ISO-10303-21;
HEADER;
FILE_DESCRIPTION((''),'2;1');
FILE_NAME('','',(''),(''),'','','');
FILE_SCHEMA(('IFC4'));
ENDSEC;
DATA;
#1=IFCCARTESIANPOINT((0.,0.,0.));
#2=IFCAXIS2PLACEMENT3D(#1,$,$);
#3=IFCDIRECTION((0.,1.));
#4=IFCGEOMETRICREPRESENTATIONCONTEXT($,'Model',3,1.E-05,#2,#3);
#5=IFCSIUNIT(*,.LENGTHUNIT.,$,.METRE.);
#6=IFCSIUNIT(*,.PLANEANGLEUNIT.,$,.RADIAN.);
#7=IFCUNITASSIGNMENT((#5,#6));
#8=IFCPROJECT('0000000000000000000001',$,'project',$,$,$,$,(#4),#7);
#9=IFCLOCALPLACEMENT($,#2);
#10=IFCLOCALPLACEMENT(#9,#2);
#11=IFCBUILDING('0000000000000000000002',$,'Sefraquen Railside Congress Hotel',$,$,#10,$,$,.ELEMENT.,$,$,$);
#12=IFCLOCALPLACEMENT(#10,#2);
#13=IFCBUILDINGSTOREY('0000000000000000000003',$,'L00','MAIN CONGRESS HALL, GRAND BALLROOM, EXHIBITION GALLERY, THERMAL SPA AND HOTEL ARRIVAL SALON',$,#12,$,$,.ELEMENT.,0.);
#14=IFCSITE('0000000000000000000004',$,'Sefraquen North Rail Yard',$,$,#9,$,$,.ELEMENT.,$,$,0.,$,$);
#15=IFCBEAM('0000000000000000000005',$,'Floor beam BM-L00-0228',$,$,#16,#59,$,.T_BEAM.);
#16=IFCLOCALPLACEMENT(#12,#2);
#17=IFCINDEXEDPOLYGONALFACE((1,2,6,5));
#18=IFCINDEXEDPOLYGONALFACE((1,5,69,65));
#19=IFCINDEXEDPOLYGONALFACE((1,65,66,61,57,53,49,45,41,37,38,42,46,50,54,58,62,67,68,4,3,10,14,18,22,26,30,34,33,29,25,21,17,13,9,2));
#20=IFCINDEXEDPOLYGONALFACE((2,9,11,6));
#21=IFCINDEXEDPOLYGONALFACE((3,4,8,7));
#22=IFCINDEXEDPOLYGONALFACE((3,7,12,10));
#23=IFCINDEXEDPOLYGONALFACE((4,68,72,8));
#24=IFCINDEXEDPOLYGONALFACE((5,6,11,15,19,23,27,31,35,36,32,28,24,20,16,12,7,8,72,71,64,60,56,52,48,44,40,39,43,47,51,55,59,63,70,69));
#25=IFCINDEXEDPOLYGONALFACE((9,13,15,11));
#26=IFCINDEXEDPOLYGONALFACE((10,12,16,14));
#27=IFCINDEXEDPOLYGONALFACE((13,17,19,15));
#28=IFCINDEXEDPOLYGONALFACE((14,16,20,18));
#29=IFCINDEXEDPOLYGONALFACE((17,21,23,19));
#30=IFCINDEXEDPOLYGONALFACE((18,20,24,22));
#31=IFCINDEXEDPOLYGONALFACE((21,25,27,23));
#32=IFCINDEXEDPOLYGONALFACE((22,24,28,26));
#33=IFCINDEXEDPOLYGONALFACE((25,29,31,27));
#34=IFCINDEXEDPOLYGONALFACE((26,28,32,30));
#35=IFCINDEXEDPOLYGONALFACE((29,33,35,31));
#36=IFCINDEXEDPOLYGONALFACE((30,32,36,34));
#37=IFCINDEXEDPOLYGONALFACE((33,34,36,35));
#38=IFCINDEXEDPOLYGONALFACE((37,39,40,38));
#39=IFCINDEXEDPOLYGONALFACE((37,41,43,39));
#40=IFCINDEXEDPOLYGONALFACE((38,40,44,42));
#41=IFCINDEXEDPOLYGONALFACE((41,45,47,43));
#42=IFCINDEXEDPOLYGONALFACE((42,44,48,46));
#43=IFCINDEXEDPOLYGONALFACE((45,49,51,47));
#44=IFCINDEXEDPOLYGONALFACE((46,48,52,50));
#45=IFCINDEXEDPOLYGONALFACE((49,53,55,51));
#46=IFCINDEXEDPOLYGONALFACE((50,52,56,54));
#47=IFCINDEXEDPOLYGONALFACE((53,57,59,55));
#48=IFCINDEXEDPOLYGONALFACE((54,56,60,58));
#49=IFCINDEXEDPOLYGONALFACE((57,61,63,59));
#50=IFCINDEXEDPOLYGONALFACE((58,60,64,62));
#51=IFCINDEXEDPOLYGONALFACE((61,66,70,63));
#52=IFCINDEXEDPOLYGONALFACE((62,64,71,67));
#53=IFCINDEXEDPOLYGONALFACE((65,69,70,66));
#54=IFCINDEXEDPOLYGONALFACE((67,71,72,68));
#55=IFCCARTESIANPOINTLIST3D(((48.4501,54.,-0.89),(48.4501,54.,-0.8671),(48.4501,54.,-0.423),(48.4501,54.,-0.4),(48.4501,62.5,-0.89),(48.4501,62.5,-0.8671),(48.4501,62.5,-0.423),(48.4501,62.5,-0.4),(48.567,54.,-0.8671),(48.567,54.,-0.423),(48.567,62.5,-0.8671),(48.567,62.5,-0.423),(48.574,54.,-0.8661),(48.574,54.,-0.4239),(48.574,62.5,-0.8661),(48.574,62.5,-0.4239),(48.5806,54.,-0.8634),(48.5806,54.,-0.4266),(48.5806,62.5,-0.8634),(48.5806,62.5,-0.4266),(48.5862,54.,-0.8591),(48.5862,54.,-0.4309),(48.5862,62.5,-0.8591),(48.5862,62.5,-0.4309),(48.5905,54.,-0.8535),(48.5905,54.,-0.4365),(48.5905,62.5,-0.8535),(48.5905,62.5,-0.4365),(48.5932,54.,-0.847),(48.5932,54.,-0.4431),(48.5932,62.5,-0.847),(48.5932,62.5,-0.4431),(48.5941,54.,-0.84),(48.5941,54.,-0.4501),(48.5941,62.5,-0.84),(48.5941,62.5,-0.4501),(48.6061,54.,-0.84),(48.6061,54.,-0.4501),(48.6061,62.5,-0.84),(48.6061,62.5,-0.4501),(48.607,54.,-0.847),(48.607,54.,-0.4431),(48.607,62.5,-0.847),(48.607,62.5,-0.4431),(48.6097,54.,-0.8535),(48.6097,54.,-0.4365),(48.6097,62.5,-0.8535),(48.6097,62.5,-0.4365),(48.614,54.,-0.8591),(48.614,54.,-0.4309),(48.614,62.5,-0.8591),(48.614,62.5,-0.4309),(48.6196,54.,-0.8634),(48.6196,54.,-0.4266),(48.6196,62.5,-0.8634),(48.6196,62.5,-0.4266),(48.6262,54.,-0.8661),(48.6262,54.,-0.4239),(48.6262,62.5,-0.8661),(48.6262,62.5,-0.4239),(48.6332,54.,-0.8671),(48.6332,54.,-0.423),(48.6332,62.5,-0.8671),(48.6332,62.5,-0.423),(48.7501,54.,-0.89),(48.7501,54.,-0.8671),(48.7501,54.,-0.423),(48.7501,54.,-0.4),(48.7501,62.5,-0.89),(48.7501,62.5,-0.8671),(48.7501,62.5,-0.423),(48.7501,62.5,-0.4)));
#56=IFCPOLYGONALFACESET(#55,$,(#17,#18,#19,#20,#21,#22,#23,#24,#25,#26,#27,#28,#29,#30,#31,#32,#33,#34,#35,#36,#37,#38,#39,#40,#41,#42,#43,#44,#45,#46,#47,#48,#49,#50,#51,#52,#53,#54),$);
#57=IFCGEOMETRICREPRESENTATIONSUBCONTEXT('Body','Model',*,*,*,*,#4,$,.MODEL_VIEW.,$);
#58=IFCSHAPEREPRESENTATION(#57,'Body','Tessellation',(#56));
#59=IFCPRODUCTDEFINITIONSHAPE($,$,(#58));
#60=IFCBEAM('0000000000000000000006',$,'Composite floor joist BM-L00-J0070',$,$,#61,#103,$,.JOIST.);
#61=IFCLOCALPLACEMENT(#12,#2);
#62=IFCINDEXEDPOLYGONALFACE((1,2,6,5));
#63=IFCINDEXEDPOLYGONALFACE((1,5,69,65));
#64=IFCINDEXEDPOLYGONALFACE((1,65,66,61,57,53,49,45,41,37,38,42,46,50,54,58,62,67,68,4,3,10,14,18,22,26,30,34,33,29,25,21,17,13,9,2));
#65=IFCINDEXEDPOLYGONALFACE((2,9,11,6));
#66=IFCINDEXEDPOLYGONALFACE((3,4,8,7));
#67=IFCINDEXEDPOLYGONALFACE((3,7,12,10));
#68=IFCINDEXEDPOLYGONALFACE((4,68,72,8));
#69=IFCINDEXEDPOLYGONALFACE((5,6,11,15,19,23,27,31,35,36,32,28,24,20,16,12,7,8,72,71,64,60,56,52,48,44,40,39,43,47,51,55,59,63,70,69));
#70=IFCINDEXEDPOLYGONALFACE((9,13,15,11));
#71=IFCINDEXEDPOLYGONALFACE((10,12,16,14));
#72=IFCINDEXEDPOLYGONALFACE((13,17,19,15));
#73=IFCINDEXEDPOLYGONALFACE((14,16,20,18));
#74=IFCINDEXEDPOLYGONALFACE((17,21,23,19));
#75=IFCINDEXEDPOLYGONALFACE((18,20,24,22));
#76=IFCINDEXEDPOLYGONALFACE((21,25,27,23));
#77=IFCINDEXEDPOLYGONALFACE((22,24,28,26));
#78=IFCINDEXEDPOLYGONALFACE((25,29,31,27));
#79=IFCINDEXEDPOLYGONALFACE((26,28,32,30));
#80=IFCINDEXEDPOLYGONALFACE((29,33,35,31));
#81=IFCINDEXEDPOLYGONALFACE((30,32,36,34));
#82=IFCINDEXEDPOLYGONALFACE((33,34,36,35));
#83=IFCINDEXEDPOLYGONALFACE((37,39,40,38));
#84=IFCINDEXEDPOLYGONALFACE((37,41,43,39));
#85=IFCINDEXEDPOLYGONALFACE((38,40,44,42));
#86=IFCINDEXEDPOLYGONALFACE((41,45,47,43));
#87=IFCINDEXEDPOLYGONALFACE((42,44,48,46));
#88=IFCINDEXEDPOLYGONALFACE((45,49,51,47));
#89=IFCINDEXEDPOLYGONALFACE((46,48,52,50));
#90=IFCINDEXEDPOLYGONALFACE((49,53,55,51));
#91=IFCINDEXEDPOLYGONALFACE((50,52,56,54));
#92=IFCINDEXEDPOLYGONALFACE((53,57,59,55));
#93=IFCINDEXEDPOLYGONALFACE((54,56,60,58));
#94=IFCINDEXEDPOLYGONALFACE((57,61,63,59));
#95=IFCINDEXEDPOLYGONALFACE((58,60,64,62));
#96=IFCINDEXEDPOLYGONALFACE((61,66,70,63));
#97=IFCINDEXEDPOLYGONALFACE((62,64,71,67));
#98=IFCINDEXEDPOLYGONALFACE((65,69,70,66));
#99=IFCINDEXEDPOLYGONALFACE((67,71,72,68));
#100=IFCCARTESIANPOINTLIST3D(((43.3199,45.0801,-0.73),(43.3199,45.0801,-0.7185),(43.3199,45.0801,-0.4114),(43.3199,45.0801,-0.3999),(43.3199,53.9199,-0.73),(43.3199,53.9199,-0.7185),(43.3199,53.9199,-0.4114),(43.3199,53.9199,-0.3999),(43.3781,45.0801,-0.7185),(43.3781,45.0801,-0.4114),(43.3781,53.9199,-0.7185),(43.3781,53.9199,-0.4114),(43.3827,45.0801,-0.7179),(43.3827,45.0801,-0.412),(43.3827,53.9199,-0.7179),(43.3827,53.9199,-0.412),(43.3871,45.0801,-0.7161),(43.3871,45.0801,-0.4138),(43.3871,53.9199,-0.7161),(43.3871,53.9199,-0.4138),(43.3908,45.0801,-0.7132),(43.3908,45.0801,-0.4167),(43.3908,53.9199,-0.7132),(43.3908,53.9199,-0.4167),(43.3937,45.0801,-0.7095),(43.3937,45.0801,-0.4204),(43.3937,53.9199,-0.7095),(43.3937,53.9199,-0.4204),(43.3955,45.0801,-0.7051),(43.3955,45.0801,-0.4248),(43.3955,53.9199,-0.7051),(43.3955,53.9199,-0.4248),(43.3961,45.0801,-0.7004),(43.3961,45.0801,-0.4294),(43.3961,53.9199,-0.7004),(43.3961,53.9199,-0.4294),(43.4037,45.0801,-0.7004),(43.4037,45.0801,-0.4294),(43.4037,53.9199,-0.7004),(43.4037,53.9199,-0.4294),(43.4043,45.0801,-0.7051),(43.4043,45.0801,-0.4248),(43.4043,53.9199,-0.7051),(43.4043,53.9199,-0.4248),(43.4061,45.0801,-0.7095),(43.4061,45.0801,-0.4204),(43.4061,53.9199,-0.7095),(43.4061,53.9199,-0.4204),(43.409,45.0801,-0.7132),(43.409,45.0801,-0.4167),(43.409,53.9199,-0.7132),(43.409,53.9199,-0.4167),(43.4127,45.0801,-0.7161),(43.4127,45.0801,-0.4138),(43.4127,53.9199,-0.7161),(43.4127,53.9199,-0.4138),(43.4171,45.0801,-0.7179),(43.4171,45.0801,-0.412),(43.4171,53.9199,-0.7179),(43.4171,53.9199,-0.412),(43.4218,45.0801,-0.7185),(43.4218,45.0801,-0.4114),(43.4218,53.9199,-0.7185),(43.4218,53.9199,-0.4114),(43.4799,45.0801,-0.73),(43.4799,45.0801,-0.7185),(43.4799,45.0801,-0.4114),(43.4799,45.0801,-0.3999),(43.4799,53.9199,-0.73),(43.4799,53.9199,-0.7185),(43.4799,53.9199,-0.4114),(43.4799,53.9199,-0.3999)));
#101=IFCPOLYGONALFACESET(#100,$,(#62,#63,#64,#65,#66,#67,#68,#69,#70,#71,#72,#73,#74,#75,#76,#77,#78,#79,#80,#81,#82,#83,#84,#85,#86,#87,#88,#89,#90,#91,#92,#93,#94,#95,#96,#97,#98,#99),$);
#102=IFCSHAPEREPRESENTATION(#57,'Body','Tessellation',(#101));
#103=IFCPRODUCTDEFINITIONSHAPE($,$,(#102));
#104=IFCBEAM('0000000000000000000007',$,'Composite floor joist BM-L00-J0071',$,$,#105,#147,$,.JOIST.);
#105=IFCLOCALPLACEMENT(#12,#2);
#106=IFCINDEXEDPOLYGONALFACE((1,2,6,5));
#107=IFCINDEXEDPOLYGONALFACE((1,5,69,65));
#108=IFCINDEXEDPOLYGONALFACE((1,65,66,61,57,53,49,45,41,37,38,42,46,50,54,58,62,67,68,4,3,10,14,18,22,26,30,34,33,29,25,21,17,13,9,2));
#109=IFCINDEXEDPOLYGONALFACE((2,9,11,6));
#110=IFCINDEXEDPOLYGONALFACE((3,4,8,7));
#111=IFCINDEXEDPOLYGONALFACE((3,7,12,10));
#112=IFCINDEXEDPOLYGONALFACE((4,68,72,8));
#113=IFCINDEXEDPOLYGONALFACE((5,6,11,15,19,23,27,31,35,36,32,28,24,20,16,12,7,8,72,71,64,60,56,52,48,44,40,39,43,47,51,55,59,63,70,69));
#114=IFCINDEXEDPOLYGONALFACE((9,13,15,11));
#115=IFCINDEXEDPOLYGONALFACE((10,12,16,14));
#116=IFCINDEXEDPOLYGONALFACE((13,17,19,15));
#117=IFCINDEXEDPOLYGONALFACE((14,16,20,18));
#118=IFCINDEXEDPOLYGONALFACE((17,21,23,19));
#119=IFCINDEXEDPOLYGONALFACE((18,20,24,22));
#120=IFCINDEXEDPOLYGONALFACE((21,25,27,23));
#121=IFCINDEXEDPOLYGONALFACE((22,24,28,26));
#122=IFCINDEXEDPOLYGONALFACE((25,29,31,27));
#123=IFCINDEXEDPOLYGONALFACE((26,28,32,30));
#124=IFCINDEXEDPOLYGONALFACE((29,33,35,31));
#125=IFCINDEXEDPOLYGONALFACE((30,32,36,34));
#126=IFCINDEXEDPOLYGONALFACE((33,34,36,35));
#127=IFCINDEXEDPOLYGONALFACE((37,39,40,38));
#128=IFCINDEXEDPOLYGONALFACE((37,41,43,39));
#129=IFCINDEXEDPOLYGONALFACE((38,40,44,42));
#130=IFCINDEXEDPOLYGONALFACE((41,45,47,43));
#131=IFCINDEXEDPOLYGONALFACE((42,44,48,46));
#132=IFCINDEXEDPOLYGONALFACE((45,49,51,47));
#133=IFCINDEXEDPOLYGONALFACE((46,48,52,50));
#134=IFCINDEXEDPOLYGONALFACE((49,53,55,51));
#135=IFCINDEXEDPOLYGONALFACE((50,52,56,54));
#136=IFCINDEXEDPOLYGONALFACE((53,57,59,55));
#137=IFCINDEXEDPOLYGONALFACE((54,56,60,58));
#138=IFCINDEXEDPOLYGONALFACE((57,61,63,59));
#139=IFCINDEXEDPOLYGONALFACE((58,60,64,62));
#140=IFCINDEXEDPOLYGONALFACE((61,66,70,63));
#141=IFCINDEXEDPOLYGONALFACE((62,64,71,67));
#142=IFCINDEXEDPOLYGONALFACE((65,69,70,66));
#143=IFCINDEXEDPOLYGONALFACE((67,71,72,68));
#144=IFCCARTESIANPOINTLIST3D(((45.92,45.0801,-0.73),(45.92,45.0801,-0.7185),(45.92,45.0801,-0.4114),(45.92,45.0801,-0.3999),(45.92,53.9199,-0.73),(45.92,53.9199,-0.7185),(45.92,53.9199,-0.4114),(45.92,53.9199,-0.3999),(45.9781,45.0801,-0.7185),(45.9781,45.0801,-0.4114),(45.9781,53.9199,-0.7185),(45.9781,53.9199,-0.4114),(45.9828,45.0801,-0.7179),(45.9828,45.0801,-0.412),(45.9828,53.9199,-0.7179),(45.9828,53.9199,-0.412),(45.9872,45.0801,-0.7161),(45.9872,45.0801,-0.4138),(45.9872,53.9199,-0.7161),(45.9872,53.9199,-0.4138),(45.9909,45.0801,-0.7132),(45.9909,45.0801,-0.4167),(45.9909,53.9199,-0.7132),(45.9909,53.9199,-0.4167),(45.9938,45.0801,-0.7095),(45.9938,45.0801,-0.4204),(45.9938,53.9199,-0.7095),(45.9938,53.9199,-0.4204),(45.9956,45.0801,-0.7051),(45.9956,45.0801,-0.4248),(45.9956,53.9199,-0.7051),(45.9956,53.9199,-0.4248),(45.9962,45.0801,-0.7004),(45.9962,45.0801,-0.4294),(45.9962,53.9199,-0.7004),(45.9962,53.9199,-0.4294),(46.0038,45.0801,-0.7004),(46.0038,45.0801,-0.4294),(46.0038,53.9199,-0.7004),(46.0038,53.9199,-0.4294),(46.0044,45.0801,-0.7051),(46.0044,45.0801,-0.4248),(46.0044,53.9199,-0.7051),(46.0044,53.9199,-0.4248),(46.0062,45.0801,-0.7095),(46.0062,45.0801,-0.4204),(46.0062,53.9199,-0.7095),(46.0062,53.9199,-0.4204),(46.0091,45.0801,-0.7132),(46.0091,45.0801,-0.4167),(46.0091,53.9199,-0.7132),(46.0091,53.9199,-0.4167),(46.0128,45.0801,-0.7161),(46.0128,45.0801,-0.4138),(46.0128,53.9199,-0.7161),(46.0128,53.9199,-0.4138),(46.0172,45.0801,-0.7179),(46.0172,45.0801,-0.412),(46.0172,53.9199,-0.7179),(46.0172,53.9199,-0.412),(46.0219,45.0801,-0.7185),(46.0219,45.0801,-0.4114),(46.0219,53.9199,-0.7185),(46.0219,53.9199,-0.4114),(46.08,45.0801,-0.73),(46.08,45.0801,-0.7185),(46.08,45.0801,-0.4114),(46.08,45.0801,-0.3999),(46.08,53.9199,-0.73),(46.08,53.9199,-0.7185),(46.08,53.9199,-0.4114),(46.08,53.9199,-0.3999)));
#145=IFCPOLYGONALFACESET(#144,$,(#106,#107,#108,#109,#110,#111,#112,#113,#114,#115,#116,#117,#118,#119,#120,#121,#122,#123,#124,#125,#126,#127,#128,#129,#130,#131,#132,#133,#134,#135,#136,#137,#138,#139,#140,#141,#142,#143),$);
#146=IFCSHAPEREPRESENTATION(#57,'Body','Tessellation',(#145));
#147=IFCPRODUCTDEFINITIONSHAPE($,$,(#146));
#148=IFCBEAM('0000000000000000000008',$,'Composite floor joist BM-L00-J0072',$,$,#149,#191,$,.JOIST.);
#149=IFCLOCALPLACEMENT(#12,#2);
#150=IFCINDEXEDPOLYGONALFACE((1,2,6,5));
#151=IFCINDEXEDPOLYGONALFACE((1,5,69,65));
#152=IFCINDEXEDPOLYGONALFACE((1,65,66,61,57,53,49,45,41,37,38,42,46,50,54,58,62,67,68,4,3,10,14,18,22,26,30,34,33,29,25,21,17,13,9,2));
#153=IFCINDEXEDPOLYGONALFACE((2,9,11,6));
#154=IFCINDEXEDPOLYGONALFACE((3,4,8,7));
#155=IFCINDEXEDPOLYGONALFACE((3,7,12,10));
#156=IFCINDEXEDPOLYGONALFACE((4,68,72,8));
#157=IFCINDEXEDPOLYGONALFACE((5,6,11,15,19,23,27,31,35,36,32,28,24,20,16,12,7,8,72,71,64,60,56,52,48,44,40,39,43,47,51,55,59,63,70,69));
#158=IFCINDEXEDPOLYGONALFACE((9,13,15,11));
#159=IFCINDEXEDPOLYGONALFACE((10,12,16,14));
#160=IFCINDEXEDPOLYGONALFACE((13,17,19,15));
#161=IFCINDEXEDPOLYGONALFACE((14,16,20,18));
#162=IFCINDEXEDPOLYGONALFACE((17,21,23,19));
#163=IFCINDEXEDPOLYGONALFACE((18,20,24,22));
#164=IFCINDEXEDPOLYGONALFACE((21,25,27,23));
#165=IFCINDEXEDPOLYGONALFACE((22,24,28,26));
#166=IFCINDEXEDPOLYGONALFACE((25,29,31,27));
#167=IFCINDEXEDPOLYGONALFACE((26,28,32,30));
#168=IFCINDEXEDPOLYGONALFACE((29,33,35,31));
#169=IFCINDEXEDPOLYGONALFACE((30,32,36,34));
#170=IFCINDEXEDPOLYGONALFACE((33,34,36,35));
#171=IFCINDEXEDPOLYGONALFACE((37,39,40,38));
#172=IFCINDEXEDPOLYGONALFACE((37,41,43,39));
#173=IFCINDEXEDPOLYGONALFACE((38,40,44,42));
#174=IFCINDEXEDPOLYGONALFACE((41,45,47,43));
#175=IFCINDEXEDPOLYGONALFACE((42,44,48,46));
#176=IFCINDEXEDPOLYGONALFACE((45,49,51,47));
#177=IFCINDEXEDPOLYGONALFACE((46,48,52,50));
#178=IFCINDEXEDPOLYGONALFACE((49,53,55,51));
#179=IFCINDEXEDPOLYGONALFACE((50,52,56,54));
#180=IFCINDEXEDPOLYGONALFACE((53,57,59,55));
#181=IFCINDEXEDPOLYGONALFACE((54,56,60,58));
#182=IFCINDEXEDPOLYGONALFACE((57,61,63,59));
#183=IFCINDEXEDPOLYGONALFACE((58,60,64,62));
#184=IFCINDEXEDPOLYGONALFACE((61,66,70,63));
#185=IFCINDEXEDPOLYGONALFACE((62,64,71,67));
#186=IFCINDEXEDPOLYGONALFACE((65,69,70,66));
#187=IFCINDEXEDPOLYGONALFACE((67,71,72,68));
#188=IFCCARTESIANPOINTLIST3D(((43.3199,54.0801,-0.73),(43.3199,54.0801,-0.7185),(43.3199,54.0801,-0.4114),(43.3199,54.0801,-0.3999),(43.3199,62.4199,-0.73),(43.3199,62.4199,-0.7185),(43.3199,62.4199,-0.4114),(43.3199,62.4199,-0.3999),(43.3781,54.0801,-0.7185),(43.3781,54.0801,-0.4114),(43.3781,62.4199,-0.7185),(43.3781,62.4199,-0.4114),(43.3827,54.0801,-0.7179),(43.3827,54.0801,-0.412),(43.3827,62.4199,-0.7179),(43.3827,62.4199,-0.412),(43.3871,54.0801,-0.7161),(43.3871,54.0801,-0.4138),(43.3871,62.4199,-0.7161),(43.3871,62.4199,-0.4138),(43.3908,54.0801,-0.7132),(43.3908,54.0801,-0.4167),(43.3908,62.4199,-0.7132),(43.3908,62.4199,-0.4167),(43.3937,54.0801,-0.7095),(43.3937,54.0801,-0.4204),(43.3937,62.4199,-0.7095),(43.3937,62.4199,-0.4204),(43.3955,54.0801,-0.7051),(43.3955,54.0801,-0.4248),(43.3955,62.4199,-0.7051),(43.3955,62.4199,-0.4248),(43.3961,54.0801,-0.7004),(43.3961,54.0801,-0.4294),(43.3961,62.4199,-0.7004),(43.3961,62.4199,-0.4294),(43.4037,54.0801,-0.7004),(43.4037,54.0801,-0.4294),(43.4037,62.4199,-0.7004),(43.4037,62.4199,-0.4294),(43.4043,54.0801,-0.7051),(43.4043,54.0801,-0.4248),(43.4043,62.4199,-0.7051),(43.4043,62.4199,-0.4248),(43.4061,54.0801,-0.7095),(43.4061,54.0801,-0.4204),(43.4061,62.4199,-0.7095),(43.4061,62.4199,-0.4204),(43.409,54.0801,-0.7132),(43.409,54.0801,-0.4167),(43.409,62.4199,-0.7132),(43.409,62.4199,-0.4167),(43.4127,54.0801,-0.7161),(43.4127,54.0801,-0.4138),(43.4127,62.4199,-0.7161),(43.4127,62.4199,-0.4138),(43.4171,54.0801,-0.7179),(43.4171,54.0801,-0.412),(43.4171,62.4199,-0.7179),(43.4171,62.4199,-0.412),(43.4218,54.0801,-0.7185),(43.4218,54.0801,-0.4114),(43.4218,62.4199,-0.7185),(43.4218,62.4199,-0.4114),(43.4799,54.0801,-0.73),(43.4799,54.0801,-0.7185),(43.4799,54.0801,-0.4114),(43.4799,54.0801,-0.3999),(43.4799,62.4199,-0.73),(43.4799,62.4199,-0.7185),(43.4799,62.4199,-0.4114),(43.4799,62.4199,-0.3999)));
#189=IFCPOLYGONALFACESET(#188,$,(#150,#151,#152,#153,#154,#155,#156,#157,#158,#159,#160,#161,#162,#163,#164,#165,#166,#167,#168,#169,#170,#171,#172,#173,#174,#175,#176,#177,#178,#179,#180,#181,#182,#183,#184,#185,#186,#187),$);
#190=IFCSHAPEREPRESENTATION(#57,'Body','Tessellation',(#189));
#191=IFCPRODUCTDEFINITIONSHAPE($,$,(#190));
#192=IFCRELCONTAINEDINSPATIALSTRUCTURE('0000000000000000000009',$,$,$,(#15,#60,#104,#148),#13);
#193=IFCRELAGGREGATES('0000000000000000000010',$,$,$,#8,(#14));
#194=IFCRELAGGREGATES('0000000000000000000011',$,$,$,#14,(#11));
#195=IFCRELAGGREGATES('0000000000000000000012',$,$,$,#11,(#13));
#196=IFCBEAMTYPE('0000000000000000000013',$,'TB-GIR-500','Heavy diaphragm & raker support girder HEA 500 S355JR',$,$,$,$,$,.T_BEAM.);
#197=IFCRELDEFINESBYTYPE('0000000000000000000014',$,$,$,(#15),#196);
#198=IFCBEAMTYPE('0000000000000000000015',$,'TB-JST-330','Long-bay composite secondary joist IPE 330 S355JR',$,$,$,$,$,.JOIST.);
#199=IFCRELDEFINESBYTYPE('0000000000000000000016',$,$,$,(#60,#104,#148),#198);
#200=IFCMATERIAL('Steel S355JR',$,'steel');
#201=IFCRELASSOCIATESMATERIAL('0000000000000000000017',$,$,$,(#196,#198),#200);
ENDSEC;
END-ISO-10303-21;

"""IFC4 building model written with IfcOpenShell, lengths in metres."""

from ifc_helpers import new_model, si_unit, direction, frame, origin, origin_2d, place, context, subcontext, project, spatial, i_section, extrude, material, material_profile, profile_set, type_object, element, save


model = new_model("IFC4")

# Units and contexts
model_context = context("Model", 3, precision=1e-05, world=origin(), true_north=direction((0.0, 1.0)))
body_context = subcontext(model_context, "Body", "Model", "MODEL_VIEW")
ifc_project = project(units=[si_unit("LENGTHUNIT", "METRE"), si_unit("PLANEANGLEUNIT", "RADIAN")], contexts=[model_context])

# Site, building, storey
site_placement = place(None, origin())
site = spatial("IfcSite", under=ifc_project, at=site_placement, Name="Sefraquen North Rail Yard", CompositionType="ELEMENT", RefElevation=0.0)
building_placement = place(site_placement, origin())
building = spatial("IfcBuilding", under=site, at=building_placement, Name="Sefraquen Railside Congress Hotel", CompositionType="ELEMENT")
storey_placement = place(building_placement, origin())
storey = spatial("IfcBuildingStorey", under=building, at=storey_placement, Name="L00", Description="MAIN CONGRESS HALL, GRAND BALLROOM, EXHIBITION GALLERY, THERMAL SPA AND HOTEL ARRIVAL SALON", CompositionType="ELEMENT", Elevation=0.0)

# Shared definitions
ifc_material_1 = material(Name="Steel S355JR", Category="steel")

# Beams
ifc_material_profile_1 = material_profile(ifc_material_1, i_section(OverallWidth=0.3, OverallDepth=0.49, WebThickness=0.012, FlangeThickness=0.0229, FilletRadius=0.0271, at=origin_2d()), Name="HEA 500")
ifc_profile_set_1 = profile_set([ifc_material_profile_1], Name="Steel S355JR")
beam_type_1 = type_object("IfcBeamType", Name="TB-GIR-500", Description="Heavy diaphragm & raker support girder HEA 500 S355JR", PredefinedType="T_BEAM", material=ifc_profile_set_1)
beam_1_placement = place(storey_placement, frame((48.6001, 54.0, -0.645), z_axis=(0.0, 1.0, 0.0), x_axis=(-1.0, 0.0, 0.0)))
element("IfcBeam", 1, at=beam_1_placement, inside=storey, type_object=beam_type_1, Name="Floor beam BM-L00-0228", PredefinedType="T_BEAM", context=body_context, shape_type="SweptSolid", body=[
    extrude(i_section(OverallWidth=0.3, OverallDepth=0.49, WebThickness=0.012, FlangeThickness=0.0229, FilletRadius=0.0271, at=origin_2d()), origin(), (0.0, 0.0, 1.0), 8.5),
])
ifc_material_profile_2 = material_profile(ifc_material_1, i_section(OverallWidth=0.1599, OverallDepth=0.3301, WebThickness=0.0076, FlangeThickness=0.0115, FilletRadius=0.0181, at=origin_2d()), Name="IPE 330")
ifc_profile_set_2 = profile_set([ifc_material_profile_2], Name="Steel S355JR")
beam_type_2 = type_object("IfcBeamType", Name="TB-JST-330", Description="Long-bay composite secondary joist IPE 330 S355JR", PredefinedType="JOIST", material=ifc_profile_set_2)
for number, where, z_axis, x_axis, name in (
    (2, (43.3999, 45.0801, -0.5649), (0.0, 1.0, 0.0), (-1.0, 0.0, 0.0), "Composite floor joist BM-L00-J0070"),
    (3, (46.0, 45.0801, -0.5649), (0.0, 1.0, 0.0), (-1.0, 0.0, 0.0), "Composite floor joist BM-L00-J0071"),
):
    element("IfcBeam", number, at=place(storey_placement, frame(where, z_axis=z_axis, x_axis=x_axis)), inside=storey, type_object=beam_type_2, Name=name, PredefinedType="JOIST", context=body_context, shape_type="SweptSolid", body=[
        extrude(i_section(OverallWidth=0.1599, OverallDepth=0.3301, WebThickness=0.0076, FlangeThickness=0.0115, FilletRadius=0.0181, at=origin_2d()), origin(), (0.0, 0.0, 1.0), 8.8398),
    ])
beam_2_placement = place(storey_placement, frame((43.3999, 54.0801, -0.5649), z_axis=(0.0, 1.0, 0.0), x_axis=(-1.0, 0.0, 0.0)))
element("IfcBeam", 4, at=beam_2_placement, inside=storey, type_object=beam_type_2, Name="Composite floor joist BM-L00-J0072", PredefinedType="JOIST", context=body_context, shape_type="SweptSolid", body=[
    extrude(i_section(OverallWidth=0.1599, OverallDepth=0.3301, WebThickness=0.0076, FlangeThickness=0.0115, FilletRadius=0.0181, at=origin_2d()), origin(), (0.0, 0.0, 1.0), 8.3398),
])

save(model, "model.ifc")
